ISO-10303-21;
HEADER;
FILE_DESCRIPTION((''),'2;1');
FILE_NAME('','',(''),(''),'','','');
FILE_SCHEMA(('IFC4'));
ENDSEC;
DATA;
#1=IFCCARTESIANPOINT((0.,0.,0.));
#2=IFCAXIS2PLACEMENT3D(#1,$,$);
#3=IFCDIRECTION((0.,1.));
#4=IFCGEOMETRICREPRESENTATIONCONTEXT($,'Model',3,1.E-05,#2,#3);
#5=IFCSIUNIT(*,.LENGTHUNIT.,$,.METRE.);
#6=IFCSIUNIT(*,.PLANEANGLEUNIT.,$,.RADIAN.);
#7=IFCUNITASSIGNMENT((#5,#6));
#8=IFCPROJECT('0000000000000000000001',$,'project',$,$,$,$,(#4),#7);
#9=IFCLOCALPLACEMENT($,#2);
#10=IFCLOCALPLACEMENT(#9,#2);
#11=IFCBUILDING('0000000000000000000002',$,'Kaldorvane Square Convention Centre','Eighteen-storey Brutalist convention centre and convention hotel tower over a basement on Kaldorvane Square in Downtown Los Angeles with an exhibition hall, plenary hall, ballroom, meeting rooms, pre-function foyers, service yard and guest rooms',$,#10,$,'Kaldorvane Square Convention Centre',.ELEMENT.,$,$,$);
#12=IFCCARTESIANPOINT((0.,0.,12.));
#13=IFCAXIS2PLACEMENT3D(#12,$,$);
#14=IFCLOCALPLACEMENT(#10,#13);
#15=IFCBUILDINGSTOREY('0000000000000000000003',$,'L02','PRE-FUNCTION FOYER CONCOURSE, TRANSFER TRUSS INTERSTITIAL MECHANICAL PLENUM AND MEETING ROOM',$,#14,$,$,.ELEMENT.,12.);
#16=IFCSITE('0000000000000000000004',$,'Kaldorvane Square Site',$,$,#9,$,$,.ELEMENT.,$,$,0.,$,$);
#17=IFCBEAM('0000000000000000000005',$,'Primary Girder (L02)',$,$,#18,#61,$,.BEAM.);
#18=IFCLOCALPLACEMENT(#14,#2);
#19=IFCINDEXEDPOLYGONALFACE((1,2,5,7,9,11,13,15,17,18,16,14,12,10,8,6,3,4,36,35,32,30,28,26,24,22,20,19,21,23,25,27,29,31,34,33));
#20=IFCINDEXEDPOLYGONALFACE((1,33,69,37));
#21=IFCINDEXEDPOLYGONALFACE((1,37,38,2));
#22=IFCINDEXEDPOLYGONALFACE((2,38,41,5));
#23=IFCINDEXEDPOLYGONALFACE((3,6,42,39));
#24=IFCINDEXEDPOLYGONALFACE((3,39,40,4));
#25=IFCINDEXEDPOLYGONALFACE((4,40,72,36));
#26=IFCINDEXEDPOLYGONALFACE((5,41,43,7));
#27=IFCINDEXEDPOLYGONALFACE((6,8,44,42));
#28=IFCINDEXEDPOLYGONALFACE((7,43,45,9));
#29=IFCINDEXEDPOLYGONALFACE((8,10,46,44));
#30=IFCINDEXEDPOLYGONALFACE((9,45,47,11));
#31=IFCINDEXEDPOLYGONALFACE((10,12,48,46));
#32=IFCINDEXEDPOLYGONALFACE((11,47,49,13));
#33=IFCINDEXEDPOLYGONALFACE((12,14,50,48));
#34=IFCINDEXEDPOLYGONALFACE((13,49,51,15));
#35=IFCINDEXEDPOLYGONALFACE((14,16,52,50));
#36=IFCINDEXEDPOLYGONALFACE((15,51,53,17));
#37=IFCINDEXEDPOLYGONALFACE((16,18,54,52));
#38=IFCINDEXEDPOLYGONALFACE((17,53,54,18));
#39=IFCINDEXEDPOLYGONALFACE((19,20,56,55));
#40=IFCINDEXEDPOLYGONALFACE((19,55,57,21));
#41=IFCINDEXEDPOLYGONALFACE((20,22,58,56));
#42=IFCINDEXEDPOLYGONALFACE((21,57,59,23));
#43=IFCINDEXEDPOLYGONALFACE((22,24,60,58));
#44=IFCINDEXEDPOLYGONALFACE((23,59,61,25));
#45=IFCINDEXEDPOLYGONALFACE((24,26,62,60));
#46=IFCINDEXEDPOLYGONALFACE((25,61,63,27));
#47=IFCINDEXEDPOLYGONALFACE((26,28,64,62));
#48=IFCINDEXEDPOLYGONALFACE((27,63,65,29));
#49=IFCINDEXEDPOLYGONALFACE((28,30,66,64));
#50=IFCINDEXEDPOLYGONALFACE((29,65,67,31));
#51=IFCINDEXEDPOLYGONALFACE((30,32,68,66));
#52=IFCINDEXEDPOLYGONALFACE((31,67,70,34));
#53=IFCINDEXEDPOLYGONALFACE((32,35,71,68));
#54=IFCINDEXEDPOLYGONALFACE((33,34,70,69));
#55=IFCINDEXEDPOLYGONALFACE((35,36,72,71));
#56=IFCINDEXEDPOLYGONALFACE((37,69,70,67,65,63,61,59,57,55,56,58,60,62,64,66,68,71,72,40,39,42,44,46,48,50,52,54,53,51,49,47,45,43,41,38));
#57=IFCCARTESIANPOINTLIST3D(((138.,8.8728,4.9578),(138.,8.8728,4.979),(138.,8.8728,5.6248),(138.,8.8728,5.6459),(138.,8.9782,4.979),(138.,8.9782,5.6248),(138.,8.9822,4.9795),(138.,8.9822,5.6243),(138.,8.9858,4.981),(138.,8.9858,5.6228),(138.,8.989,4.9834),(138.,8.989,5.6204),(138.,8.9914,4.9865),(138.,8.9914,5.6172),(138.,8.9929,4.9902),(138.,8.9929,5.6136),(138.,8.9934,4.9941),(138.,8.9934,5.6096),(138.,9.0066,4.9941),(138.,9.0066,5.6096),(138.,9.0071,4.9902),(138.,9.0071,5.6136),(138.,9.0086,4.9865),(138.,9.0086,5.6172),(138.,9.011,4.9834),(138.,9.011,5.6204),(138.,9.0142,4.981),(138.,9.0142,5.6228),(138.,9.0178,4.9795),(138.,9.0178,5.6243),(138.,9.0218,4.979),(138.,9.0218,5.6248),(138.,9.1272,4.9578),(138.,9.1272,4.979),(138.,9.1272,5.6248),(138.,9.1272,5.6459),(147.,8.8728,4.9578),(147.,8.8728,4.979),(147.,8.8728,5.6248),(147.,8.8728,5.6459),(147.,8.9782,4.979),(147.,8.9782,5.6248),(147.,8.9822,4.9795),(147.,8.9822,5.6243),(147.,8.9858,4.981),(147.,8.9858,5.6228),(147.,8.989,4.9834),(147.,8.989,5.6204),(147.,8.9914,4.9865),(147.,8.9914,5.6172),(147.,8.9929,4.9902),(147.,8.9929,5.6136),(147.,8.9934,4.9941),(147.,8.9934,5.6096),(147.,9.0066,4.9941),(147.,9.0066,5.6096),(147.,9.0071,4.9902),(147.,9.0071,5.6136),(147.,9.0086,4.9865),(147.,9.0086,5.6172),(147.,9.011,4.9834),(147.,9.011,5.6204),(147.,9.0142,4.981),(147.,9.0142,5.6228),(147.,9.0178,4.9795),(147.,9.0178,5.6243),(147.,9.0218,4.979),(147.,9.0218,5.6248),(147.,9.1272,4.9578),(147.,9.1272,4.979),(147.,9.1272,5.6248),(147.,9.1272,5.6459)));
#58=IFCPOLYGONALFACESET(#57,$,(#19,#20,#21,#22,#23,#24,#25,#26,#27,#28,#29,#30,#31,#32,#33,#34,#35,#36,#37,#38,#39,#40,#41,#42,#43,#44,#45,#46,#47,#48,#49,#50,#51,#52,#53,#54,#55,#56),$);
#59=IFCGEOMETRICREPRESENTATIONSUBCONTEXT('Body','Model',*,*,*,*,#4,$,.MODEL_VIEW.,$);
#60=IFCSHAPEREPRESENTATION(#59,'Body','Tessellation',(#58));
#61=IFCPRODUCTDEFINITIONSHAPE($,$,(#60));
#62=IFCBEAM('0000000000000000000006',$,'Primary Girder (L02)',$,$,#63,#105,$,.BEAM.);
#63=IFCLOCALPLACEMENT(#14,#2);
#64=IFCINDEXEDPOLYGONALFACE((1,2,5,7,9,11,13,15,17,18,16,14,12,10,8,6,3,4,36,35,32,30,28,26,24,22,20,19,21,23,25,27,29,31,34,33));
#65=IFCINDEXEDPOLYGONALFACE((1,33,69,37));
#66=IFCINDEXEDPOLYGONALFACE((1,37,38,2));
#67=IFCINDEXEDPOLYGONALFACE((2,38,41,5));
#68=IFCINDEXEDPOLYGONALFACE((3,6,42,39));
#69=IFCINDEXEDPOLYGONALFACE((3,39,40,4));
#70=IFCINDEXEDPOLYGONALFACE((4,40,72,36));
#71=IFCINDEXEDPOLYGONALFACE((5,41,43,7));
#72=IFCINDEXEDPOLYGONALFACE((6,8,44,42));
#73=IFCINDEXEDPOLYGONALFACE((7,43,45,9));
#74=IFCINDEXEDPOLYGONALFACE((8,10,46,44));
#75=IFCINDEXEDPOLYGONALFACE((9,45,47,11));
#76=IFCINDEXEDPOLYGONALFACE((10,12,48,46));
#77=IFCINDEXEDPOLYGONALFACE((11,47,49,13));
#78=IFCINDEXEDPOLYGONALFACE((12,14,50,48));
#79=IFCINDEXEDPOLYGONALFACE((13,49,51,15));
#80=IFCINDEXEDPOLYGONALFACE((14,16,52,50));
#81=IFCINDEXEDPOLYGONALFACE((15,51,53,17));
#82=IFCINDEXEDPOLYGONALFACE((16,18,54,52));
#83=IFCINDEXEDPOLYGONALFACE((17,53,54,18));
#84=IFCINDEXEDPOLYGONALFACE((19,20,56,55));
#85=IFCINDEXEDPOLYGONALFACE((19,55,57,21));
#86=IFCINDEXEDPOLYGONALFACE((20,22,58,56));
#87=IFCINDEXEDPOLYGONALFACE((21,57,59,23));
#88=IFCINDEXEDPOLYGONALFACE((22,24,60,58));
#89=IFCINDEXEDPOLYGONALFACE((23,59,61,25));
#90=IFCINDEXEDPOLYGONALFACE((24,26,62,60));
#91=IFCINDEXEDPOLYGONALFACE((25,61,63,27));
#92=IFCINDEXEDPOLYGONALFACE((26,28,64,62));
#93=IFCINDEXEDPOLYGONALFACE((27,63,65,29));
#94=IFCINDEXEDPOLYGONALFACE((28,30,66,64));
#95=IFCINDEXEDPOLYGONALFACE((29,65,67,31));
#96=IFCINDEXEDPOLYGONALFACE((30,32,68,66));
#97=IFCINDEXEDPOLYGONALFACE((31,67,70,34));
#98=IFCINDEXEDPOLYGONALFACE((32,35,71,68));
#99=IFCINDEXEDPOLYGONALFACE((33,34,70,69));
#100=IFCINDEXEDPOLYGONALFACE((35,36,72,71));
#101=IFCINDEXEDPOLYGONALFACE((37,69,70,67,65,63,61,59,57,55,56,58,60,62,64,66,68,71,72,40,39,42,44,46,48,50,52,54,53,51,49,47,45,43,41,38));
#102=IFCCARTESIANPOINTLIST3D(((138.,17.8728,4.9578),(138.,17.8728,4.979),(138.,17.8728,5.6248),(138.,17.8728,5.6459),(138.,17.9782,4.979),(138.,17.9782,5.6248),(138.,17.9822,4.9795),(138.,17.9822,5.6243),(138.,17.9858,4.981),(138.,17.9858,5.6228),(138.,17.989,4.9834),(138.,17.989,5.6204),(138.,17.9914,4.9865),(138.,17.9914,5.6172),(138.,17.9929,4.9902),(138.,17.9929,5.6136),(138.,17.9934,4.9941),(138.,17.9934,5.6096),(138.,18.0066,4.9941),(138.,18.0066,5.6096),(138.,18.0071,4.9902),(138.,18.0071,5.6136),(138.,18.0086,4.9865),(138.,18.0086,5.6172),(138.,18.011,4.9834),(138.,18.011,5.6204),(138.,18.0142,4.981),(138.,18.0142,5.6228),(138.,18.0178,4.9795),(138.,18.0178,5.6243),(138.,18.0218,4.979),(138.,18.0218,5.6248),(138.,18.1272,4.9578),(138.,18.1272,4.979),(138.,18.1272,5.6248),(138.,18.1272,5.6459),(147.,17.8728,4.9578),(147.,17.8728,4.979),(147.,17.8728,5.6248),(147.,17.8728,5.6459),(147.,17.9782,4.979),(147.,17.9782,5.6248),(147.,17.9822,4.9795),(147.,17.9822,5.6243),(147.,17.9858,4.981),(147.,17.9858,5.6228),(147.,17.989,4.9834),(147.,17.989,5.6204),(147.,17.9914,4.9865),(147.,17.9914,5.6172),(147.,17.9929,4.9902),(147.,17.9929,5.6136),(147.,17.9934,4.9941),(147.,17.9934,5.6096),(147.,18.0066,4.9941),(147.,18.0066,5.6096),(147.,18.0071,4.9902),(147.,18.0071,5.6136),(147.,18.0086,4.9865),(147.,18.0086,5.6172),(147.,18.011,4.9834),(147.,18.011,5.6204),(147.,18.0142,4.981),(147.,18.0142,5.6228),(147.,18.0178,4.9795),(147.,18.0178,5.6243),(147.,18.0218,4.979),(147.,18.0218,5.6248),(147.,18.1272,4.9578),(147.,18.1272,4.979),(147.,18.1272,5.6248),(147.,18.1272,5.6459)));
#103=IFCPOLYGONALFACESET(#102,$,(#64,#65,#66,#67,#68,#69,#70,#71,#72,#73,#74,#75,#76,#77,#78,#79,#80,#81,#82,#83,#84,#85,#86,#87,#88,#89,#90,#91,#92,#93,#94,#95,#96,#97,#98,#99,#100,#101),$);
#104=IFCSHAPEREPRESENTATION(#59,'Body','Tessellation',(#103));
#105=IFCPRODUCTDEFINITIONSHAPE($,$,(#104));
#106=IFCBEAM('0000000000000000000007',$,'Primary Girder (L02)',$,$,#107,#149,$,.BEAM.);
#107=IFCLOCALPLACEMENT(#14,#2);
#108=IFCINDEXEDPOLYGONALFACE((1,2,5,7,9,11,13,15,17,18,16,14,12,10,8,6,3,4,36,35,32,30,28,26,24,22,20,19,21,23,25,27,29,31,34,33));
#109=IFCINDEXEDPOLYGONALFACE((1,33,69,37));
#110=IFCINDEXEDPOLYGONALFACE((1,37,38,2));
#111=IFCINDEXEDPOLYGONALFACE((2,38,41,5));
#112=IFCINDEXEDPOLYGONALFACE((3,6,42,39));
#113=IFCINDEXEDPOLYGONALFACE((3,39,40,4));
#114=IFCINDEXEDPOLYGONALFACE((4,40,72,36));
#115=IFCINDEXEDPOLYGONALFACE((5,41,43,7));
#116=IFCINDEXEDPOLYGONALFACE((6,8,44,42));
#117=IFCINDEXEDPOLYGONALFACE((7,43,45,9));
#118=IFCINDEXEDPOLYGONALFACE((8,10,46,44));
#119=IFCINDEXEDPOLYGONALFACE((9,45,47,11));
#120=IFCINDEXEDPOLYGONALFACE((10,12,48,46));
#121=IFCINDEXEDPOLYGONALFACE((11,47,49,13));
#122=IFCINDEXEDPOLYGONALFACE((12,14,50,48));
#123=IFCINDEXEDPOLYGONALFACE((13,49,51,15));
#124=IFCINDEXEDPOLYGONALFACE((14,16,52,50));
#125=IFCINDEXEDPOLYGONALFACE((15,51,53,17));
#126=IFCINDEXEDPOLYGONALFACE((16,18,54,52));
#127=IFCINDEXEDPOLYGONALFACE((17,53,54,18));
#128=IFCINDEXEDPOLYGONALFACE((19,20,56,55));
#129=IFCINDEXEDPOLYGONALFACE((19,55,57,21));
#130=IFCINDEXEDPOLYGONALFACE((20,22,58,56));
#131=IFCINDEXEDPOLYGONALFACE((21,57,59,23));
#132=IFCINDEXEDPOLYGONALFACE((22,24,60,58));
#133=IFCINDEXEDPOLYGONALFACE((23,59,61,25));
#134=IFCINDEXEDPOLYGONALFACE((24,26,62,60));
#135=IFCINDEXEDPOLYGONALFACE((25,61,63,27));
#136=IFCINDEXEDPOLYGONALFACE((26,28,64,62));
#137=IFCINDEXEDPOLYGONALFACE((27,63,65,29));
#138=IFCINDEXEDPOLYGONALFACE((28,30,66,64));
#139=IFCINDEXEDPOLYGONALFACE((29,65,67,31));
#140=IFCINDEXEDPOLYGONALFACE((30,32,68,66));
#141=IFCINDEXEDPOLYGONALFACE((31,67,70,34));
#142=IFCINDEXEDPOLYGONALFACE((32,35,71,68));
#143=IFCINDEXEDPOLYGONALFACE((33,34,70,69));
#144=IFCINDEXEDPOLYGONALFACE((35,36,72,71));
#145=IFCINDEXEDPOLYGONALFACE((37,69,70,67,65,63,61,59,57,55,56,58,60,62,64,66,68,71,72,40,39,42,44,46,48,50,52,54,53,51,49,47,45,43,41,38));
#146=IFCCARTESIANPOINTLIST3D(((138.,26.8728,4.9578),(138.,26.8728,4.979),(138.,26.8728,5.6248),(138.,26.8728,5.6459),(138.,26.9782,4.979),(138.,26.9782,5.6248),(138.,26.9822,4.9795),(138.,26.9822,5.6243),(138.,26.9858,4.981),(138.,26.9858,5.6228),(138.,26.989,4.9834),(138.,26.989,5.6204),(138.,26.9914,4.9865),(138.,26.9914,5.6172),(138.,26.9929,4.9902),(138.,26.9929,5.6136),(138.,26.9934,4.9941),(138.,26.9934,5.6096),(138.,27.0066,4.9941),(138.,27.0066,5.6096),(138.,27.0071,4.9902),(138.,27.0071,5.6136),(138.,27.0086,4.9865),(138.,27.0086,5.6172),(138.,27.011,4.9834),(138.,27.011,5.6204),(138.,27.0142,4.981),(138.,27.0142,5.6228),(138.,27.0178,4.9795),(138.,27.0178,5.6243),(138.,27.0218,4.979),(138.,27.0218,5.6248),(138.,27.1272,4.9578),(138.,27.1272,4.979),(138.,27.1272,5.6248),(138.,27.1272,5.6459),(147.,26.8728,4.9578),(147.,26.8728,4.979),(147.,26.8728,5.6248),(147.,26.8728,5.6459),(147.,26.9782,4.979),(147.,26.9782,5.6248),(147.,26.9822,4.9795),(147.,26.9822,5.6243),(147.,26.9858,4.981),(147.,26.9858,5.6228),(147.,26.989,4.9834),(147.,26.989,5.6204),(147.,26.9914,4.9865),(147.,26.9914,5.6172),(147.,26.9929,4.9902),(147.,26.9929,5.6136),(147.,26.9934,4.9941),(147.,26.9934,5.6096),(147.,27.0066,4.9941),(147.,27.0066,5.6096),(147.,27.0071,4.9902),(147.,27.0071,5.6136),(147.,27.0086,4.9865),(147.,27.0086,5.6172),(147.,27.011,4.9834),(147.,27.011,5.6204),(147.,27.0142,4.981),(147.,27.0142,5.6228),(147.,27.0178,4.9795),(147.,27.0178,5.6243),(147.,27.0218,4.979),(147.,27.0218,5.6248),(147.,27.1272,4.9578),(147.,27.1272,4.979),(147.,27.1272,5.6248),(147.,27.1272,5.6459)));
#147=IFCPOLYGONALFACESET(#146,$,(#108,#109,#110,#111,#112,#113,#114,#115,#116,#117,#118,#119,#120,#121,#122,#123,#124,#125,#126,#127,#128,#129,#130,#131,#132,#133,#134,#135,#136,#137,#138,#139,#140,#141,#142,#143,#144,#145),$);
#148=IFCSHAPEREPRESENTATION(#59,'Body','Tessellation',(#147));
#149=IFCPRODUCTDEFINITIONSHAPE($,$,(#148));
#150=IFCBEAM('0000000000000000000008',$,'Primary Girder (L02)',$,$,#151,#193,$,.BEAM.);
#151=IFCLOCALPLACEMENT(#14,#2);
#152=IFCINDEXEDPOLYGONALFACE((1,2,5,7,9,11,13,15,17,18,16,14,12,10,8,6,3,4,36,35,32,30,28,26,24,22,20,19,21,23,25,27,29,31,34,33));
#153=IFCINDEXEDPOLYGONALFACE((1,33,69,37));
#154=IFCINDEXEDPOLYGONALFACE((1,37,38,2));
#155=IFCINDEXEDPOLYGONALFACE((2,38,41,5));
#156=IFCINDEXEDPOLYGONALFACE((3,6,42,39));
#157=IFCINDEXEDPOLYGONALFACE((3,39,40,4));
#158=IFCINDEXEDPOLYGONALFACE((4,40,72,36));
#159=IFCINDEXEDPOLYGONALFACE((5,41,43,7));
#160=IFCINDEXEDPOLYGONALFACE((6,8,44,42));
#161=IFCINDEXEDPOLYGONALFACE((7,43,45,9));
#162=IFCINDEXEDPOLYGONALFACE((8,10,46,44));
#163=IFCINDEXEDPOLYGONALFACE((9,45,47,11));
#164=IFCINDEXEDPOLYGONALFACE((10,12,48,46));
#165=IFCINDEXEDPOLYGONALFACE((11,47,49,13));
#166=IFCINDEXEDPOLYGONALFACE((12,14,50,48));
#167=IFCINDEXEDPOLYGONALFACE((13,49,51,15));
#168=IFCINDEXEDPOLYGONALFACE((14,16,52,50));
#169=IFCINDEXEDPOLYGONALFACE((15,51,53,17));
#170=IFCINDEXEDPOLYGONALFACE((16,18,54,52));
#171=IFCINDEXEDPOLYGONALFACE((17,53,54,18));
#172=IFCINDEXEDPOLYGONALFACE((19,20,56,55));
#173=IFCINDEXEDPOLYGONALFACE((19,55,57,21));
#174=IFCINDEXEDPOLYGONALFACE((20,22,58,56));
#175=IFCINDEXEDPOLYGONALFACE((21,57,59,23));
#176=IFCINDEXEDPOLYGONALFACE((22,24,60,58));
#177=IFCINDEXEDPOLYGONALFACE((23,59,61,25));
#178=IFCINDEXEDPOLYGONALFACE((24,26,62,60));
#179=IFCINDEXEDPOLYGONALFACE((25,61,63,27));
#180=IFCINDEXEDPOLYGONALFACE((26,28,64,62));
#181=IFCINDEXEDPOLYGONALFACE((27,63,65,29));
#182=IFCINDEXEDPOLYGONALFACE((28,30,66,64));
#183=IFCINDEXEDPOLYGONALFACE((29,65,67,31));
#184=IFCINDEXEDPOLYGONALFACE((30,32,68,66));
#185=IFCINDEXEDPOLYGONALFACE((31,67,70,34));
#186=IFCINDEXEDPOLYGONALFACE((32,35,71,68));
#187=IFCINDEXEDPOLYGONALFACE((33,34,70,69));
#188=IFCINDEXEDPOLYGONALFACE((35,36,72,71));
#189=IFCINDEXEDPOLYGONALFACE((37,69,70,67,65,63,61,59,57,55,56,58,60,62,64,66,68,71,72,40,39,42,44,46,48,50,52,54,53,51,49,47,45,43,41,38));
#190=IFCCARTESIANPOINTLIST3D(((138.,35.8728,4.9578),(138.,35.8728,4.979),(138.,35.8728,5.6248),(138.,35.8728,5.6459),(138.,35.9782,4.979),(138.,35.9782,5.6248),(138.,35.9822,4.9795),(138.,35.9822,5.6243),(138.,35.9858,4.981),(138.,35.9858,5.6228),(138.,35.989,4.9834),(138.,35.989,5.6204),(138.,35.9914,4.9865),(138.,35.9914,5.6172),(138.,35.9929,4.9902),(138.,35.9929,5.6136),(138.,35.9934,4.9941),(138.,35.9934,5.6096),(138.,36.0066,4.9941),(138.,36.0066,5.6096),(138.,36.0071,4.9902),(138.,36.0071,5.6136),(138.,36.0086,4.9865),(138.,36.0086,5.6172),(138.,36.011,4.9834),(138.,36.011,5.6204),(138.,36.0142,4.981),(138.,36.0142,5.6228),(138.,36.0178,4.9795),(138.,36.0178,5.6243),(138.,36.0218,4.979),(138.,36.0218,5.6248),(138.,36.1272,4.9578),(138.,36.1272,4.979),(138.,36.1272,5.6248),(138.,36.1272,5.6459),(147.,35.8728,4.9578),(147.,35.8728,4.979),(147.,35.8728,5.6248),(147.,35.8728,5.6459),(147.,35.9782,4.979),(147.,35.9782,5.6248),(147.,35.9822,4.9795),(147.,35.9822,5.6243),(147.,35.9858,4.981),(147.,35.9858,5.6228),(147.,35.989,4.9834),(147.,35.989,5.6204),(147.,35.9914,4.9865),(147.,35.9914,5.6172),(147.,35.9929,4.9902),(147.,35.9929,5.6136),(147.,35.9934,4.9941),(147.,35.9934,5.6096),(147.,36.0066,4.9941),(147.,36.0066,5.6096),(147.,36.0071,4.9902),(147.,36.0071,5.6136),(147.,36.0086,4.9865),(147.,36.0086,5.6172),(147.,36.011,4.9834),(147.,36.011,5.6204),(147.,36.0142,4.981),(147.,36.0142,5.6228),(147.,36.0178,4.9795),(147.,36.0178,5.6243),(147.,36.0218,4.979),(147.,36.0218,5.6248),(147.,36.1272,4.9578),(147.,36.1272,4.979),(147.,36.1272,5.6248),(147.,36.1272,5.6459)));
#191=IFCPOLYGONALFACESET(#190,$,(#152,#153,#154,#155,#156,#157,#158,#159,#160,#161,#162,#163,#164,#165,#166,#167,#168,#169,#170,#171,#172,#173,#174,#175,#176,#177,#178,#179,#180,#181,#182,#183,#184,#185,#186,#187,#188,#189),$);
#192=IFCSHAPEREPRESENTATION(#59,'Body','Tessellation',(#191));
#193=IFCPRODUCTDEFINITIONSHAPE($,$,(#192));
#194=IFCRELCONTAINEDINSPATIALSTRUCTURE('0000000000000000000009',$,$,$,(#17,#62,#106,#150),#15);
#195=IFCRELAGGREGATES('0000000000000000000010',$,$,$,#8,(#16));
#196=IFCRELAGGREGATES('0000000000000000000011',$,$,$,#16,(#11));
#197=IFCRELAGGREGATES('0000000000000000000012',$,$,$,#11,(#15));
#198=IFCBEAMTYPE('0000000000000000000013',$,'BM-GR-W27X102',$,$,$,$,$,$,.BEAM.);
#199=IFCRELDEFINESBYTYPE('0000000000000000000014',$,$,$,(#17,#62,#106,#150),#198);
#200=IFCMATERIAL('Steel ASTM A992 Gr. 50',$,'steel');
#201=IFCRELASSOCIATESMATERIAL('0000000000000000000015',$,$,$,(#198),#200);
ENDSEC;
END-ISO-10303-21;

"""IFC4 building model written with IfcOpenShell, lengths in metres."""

from ifc_helpers import new_model, si_unit, direction, frame, origin, origin_2d, place, context, subcontext, project, spatial, i_section, extrude, material, material_profile, profile_set, type_object, element, save


model = new_model("IFC4")

# Units and contexts
model_context = context("Model", 3, precision=1e-05, world=origin(), true_north=direction((0.0, 1.0)))
body_context = subcontext(model_context, "Body", "Model", "MODEL_VIEW")
ifc_project = project(units=[si_unit("LENGTHUNIT", "METRE"), si_unit("PLANEANGLEUNIT", "RADIAN")], contexts=[model_context])

# Site, building, storey
site_placement = place(None, origin())
site = spatial("IfcSite", under=ifc_project, at=site_placement, Name="Kaldorvane Square Site", CompositionType="ELEMENT", RefElevation=0.0)
building_placement = place(site_placement, origin())
building = spatial("IfcBuilding", under=site, at=building_placement, Name="Kaldorvane Square Convention Centre", Description="Eighteen-storey Brutalist convention centre and convention hotel tower over a basement on Kaldorvane Square in Downtown Los Angeles with an exhibition hall, plenary hall, ballroom, meeting rooms, pre-function foyers, service yard and guest rooms", LongName="Kaldorvane Square Convention Centre", CompositionType="ELEMENT")
storey_placement = place(building_placement, frame((0.0, 0.0, 12.0)))
storey = spatial("IfcBuildingStorey", under=building, at=storey_placement, Name="L02", Description="PRE-FUNCTION FOYER CONCOURSE, TRANSFER TRUSS INTERSTITIAL MECHANICAL PLENUM AND MEETING ROOM", CompositionType="ELEMENT", Elevation=12.0)

# Shared definitions
ifc_material_1 = material(Name="Steel ASTM A992 Gr. 50", Category="steel")

# Beams
ifc_material_profile_1 = material_profile(ifc_material_1, i_section(OverallWidth=0.2544, OverallDepth=0.6881, WebThickness=0.0131, FlangeThickness=0.0211, FilletRadius=0.0152, at=origin_2d()), Name="W27X102")
ifc_profile_set_1 = profile_set([ifc_material_profile_1], Name="Steel ASTM A992 Gr. 50")
beam_type_1 = type_object("IfcBeamType", Name="BM-GR-W27X102", PredefinedType="BEAM", material=ifc_profile_set_1)
for number, where, z_axis, x_axis, name in (
    (1, (138.0, 9.0, 5.3019), (1.0, 0.0, 0.0), (0.0, 1.0, 0.0), "Primary Girder (L02)"),
    (2, (138.0, 18.0, 5.3019), (1.0, 0.0, 0.0), (0.0, 1.0, 0.0), "Primary Girder (L02)"),
    (3, (138.0, 27.0, 5.3019), (1.0, 0.0, 0.0), (0.0, 1.0, 0.0), "Primary Girder (L02)"),
    (4, (138.0, 36.0, 5.3019), (1.0, 0.0, 0.0), (0.0, 1.0, 0.0), "Primary Girder (L02)"),
):
    element("IfcBeam", number, at=place(storey_placement, frame(where, z_axis=z_axis, x_axis=x_axis)), inside=storey, type_object=beam_type_1, Name=name, PredefinedType="BEAM", context=body_context, shape_type="SweptSolid", body=[
        extrude(i_section(OverallWidth=0.2544, OverallDepth=0.6881, WebThickness=0.0131, FlangeThickness=0.0211, FilletRadius=0.0152, at=origin_2d()), origin(), (0.0, 0.0, 1.0), 9.0),
    ])

save(model, "model.ifc")
